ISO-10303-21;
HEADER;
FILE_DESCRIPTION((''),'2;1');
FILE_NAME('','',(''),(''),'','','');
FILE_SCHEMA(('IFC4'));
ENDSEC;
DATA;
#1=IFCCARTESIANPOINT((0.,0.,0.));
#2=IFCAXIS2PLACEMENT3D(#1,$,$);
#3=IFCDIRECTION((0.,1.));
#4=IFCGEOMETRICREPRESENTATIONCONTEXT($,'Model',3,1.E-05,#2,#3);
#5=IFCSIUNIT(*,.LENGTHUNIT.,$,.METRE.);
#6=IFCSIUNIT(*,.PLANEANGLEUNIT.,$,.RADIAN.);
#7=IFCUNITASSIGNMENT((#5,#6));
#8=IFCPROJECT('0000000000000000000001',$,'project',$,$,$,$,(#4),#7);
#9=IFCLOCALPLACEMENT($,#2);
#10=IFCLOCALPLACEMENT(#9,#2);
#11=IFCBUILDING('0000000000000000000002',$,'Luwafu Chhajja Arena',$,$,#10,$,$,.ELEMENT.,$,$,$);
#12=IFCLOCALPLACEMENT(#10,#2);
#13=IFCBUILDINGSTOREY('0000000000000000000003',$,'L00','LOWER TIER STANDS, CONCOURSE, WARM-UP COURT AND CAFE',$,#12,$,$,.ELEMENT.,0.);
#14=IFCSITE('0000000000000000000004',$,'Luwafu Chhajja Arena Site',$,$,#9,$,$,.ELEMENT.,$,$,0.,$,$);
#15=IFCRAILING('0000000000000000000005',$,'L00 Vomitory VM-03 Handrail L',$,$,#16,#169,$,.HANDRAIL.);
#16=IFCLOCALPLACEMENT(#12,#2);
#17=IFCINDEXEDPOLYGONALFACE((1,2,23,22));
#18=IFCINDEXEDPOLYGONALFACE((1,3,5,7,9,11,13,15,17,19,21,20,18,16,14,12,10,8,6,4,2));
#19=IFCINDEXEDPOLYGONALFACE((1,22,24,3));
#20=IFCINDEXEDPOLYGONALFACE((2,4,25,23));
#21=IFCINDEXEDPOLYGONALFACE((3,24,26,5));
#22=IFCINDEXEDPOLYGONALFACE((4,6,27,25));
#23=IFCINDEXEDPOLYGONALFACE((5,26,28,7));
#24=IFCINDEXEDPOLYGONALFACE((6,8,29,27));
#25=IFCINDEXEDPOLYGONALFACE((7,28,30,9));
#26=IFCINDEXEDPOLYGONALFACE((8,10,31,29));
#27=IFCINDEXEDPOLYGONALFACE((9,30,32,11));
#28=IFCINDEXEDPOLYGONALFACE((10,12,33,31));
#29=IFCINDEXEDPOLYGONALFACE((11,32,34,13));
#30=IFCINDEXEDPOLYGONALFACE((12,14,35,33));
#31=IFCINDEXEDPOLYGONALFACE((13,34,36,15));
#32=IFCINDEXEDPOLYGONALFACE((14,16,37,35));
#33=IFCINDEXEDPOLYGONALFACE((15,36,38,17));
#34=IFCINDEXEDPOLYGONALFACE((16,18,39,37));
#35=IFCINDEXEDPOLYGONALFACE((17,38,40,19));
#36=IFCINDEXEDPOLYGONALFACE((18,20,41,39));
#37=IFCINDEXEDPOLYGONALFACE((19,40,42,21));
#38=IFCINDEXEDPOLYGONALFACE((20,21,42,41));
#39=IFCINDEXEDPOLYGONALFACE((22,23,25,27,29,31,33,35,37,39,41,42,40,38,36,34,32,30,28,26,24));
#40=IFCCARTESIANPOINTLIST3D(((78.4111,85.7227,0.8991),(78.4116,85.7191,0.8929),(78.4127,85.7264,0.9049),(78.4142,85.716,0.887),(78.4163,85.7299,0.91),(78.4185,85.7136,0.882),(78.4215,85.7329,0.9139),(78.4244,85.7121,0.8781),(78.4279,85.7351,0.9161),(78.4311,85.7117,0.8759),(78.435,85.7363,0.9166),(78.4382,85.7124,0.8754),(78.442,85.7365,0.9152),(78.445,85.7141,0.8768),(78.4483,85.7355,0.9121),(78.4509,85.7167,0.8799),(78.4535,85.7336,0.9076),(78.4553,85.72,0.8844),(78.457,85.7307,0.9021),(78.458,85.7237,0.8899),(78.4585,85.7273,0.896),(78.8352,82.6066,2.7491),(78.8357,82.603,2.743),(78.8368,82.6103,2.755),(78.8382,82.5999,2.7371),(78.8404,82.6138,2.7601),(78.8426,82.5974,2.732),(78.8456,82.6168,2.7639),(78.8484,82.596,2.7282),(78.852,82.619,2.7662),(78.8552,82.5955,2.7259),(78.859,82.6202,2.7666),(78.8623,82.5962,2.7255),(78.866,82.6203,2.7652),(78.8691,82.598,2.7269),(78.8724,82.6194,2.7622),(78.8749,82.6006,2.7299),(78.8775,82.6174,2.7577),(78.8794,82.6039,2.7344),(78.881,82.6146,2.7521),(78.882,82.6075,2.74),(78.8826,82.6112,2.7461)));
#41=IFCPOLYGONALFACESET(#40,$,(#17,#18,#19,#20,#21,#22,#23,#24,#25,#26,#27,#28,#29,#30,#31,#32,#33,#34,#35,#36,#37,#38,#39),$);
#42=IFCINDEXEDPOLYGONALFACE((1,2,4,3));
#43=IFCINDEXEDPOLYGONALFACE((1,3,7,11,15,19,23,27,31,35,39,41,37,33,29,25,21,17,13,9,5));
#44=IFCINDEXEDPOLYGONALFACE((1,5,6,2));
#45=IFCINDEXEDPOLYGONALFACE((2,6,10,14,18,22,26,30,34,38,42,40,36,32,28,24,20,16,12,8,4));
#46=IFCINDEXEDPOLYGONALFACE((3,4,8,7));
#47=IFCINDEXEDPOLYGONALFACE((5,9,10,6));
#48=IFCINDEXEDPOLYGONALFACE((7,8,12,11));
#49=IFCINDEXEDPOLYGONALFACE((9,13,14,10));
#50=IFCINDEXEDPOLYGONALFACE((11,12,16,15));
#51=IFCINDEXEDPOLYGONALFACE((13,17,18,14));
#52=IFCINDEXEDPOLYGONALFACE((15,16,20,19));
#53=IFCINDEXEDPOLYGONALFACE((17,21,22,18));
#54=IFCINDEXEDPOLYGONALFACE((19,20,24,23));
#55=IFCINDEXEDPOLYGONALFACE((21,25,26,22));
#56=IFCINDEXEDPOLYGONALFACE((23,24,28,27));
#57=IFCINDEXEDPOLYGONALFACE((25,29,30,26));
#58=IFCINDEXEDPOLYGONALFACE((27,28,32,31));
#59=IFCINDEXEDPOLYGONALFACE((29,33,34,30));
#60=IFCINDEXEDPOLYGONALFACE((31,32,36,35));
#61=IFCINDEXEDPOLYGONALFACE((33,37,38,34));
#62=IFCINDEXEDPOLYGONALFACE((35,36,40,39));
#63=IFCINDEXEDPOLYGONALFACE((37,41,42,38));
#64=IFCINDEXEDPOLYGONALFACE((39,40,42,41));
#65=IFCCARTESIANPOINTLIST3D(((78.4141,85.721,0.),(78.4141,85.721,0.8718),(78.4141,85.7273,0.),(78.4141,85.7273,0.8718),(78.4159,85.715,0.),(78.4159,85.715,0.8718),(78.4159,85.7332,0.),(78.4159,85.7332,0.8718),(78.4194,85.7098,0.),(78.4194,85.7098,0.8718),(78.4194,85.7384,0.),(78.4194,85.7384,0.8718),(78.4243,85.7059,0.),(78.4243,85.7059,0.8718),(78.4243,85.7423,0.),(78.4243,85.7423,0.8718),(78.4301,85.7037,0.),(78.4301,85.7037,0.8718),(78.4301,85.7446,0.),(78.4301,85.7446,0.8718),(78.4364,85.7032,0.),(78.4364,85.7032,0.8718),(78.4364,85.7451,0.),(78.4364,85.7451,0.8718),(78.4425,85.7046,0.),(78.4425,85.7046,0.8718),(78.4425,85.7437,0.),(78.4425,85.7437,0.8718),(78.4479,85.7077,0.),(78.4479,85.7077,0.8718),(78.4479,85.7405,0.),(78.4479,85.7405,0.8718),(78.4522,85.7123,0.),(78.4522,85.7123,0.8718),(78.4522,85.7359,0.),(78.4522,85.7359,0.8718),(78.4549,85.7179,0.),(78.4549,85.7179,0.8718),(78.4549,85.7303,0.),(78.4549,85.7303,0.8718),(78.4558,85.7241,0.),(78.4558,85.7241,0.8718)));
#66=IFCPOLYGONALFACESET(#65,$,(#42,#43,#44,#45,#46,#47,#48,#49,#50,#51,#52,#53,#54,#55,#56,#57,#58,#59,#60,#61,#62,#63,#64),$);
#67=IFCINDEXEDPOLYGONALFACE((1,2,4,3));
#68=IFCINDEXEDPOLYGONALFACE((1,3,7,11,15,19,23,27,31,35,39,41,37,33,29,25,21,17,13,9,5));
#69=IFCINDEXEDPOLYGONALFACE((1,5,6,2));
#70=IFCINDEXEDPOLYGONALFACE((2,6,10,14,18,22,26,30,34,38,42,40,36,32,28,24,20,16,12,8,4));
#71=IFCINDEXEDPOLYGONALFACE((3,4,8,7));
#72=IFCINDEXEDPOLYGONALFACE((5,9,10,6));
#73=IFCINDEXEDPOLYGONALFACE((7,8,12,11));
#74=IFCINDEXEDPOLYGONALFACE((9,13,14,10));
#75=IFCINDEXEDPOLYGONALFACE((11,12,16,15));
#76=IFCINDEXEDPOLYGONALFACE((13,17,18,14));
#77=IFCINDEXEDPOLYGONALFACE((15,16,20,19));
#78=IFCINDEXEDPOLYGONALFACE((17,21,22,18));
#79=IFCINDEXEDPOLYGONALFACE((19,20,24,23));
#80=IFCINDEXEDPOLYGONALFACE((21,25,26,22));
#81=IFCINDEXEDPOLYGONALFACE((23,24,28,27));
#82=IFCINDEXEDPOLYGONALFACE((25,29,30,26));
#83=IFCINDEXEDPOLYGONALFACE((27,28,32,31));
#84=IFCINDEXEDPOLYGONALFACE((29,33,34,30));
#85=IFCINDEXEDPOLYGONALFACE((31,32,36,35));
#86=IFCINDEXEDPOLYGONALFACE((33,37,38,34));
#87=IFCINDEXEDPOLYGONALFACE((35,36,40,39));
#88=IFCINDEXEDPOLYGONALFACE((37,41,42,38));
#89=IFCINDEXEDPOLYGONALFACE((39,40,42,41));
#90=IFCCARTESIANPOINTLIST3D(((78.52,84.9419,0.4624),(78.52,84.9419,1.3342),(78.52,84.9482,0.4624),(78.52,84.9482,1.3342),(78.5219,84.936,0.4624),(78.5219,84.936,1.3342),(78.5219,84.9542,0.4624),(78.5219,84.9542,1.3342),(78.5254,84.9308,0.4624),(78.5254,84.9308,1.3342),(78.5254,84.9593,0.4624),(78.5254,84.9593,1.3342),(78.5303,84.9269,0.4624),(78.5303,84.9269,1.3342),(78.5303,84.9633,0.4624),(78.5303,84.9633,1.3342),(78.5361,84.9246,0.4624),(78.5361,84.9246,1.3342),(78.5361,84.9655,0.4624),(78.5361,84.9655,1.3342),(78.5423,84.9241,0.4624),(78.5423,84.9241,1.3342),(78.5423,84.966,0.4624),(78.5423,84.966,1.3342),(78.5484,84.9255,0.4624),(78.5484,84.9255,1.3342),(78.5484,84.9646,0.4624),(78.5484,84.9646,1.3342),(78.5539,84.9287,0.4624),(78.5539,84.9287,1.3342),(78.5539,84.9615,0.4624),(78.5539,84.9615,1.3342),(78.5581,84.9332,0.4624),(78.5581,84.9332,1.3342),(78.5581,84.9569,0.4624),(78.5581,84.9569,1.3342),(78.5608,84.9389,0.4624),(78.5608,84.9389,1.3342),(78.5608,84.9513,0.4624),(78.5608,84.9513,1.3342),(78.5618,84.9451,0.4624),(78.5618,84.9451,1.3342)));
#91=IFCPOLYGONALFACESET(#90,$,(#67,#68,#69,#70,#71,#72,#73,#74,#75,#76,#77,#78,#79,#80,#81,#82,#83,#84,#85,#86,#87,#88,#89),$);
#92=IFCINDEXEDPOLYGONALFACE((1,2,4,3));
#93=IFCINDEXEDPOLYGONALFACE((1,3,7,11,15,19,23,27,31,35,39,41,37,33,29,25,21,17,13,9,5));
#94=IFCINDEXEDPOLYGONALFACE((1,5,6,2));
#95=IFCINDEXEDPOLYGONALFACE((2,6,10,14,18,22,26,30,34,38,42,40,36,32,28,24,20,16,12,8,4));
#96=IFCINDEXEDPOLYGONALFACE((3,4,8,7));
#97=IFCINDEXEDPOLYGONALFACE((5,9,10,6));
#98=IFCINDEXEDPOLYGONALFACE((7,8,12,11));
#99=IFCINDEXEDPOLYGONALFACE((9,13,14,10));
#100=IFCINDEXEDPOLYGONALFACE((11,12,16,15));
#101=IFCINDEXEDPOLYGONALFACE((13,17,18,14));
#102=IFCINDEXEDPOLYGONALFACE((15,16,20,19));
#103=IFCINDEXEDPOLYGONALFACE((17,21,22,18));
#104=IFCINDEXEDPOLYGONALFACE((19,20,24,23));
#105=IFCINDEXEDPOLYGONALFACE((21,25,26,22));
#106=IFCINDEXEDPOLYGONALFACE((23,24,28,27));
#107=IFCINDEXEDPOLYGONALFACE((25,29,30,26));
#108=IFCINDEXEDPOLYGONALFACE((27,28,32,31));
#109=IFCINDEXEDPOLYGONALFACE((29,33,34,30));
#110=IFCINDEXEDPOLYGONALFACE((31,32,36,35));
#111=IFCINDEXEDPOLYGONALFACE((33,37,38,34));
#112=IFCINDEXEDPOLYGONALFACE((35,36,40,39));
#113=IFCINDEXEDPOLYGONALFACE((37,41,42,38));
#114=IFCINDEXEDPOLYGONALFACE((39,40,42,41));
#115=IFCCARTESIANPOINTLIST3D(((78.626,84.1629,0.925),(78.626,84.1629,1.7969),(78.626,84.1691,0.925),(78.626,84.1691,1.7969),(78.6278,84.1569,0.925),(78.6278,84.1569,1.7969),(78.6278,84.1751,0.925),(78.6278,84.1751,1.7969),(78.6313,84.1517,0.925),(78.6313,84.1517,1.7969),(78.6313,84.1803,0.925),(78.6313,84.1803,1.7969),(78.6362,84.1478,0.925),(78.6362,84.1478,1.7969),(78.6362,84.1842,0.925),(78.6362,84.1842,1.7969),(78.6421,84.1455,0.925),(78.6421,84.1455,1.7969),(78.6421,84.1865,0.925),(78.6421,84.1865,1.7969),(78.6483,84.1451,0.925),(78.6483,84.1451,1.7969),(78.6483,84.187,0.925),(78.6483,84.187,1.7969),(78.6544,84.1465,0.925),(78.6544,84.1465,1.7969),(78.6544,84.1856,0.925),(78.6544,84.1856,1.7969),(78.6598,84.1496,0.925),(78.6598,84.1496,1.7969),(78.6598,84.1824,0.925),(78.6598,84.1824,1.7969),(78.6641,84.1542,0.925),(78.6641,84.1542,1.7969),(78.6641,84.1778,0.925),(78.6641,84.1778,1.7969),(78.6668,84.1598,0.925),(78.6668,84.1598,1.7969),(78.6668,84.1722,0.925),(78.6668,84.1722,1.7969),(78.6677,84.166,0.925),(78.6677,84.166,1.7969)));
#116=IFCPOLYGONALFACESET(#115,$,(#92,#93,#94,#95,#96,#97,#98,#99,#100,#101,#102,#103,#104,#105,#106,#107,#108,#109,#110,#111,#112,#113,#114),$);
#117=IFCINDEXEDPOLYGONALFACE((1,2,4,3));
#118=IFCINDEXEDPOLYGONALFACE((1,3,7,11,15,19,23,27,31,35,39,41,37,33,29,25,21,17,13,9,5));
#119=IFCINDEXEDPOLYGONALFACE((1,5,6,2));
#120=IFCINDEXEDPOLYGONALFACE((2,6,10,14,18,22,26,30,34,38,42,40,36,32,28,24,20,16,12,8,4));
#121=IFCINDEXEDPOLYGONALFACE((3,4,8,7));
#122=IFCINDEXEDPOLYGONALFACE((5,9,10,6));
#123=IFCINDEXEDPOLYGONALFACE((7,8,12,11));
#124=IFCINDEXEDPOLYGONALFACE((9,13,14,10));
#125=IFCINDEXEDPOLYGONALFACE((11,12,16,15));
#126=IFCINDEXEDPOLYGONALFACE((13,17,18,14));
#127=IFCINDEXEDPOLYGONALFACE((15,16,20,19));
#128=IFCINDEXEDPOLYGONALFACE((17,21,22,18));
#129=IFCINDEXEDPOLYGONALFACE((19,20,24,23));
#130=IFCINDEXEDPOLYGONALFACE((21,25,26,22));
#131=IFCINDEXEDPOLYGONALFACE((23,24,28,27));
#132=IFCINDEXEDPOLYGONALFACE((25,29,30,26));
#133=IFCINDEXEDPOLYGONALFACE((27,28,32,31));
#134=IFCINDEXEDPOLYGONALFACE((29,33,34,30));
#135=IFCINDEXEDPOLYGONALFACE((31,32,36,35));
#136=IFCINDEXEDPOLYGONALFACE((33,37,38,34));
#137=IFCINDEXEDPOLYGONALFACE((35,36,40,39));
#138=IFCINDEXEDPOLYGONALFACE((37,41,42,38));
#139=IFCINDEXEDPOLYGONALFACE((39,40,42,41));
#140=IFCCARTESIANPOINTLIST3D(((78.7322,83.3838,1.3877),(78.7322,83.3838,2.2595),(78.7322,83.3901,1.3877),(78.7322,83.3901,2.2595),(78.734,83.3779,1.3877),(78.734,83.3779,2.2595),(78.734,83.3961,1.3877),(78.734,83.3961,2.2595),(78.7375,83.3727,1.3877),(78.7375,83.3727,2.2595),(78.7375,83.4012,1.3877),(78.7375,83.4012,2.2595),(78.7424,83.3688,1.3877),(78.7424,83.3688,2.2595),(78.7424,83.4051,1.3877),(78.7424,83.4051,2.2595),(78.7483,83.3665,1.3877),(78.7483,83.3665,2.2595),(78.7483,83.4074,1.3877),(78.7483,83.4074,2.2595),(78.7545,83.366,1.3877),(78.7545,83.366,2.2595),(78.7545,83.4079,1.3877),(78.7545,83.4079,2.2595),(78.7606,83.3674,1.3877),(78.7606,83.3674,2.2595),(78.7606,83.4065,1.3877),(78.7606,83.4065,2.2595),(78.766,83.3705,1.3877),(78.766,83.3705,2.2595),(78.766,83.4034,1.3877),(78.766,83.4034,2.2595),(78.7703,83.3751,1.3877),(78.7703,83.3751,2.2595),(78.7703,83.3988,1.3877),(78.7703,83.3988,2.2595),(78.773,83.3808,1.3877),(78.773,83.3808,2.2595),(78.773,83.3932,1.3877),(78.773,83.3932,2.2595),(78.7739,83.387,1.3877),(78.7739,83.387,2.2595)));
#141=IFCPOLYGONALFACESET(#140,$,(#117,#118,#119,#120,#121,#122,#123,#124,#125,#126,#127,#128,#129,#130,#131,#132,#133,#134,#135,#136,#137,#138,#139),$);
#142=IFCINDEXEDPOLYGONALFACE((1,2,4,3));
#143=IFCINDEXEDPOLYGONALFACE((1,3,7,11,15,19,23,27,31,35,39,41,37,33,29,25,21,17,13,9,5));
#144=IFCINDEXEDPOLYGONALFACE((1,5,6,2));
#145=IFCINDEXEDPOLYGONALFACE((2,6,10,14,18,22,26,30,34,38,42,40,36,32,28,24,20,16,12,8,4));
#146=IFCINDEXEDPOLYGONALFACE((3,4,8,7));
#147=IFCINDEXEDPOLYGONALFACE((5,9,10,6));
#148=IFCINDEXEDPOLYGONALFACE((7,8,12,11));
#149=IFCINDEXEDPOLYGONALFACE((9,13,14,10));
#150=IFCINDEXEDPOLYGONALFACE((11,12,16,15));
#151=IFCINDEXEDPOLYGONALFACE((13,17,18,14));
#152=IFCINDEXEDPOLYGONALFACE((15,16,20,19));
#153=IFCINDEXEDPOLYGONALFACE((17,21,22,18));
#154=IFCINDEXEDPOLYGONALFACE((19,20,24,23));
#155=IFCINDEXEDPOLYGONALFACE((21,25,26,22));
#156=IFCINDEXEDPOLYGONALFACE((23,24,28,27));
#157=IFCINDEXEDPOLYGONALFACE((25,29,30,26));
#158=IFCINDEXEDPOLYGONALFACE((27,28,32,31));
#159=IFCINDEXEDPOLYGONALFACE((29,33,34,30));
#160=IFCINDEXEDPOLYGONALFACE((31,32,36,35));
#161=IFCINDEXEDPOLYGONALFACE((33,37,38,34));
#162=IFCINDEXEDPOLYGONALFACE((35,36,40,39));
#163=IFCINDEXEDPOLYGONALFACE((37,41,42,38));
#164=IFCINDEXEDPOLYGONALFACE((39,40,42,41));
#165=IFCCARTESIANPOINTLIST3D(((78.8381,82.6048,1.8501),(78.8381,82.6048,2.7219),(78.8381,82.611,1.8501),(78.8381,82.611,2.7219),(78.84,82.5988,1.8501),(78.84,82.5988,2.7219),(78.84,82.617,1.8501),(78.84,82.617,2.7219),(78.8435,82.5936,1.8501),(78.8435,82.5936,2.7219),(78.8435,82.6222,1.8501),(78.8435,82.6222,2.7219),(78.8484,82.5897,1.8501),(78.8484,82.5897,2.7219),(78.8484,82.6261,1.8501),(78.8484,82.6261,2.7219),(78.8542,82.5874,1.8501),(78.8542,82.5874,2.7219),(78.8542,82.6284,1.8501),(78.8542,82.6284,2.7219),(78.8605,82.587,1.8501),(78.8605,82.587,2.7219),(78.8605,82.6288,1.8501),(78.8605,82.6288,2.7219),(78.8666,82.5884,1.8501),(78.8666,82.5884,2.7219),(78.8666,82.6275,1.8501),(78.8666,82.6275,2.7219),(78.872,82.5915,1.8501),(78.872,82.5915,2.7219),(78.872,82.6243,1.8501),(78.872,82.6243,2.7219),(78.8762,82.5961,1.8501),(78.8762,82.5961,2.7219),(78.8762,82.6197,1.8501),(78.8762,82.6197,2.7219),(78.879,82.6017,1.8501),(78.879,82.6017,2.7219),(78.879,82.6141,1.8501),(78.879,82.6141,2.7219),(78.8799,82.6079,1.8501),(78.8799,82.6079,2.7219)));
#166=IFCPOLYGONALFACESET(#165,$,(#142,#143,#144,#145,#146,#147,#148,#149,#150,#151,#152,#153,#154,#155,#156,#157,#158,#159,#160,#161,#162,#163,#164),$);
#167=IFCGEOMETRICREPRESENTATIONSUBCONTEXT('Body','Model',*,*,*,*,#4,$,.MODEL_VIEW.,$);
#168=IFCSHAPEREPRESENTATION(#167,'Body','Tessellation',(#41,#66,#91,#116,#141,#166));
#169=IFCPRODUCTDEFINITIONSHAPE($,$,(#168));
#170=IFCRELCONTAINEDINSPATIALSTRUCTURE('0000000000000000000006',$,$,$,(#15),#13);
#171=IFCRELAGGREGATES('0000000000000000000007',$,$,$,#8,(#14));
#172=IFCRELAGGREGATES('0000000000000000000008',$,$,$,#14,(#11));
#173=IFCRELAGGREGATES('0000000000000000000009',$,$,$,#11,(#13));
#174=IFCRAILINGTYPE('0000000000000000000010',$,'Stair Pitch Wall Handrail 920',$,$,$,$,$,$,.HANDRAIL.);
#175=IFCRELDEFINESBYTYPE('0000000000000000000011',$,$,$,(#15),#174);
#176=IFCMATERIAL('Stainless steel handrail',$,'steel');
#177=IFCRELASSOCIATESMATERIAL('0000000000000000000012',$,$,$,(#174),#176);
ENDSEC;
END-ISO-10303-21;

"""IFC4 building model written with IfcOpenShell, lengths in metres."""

from ifc_helpers import new_model, si_unit, direction, frame, origin, origin_2d, place, context, subcontext, project, spatial, circle, extrude, material, type_object, element, save


model = new_model("IFC4")

# Units and contexts
model_context = context("Model", 3, precision=1e-05, world=origin(), true_north=direction((0.0, 1.0)))
body_context = subcontext(model_context, "Body", "Model", "MODEL_VIEW")
ifc_project = project(units=[si_unit("LENGTHUNIT", "METRE"), si_unit("PLANEANGLEUNIT", "RADIAN")], contexts=[model_context])

# Site, building, storey
site_placement = place(None, origin())
site = spatial("IfcSite", under=ifc_project, at=site_placement, Name="Luwafu Chhajja Arena Site", CompositionType="ELEMENT", RefElevation=0.0)
building_placement = place(site_placement, origin())
building = spatial("IfcBuilding", under=site, at=building_placement, Name="Luwafu Chhajja Arena", CompositionType="ELEMENT")
storey_placement = place(building_placement, origin())
storey = spatial("IfcBuildingStorey", under=building, at=storey_placement, Name="L00", Description="LOWER TIER STANDS, CONCOURSE, WARM-UP COURT AND CAFE", CompositionType="ELEMENT", Elevation=0.0)

# Railing
ifc_material_1 = material(Name="Stainless steel handrail", Category="steel")
railing_type_1 = type_object("IfcRailingType", Name="Stair Pitch Wall Handrail 920", PredefinedType="HANDRAIL", material=ifc_material_1)
railing_1_placement = place(storey_placement, frame((78.4348, 85.7241, 0.0)))
element("IfcRailing", 1, at=railing_1_placement, inside=storey, type_object=railing_type_1, Name="L00 Vomitory VM-03 Handrail L", PredefinedType="HANDRAIL", context=body_context, shape_type="SweptSolid", body=[
    extrude(circle(Radius=0.0239, at=origin_2d()), frame((0.0, 0.0, 0.896), z_axis=(0.116224, -0.854046, 0.507048), x_axis=(0.990867, 0.134843, 0.0)), (0.0, 0.0, 1.0), 3.6487),
    extrude(circle(Radius=0.021, at=origin_2d()), origin(), (0.0, 0.0, 1.0), 0.8718),
    extrude(circle(Radius=0.021, at=origin_2d()), frame((0.106, -0.7791, 0.4624)), (0.0, 0.0, 1.0), 0.8718),
    extrude(circle(Radius=0.021, at=origin_2d()), frame((0.2119, -1.5581, 0.925)), (0.0, 0.0, 1.0), 0.8718),
    extrude(circle(Radius=0.021, at=origin_2d()), frame((0.3181, -2.3372, 1.3877)), (0.0, 0.0, 1.0), 0.8718),
    extrude(circle(Radius=0.021, at=origin_2d()), frame((0.4241, -3.1162, 1.8501)), (0.0, 0.0, 1.0), 0.8718),
])

save(model, "model.ifc")
